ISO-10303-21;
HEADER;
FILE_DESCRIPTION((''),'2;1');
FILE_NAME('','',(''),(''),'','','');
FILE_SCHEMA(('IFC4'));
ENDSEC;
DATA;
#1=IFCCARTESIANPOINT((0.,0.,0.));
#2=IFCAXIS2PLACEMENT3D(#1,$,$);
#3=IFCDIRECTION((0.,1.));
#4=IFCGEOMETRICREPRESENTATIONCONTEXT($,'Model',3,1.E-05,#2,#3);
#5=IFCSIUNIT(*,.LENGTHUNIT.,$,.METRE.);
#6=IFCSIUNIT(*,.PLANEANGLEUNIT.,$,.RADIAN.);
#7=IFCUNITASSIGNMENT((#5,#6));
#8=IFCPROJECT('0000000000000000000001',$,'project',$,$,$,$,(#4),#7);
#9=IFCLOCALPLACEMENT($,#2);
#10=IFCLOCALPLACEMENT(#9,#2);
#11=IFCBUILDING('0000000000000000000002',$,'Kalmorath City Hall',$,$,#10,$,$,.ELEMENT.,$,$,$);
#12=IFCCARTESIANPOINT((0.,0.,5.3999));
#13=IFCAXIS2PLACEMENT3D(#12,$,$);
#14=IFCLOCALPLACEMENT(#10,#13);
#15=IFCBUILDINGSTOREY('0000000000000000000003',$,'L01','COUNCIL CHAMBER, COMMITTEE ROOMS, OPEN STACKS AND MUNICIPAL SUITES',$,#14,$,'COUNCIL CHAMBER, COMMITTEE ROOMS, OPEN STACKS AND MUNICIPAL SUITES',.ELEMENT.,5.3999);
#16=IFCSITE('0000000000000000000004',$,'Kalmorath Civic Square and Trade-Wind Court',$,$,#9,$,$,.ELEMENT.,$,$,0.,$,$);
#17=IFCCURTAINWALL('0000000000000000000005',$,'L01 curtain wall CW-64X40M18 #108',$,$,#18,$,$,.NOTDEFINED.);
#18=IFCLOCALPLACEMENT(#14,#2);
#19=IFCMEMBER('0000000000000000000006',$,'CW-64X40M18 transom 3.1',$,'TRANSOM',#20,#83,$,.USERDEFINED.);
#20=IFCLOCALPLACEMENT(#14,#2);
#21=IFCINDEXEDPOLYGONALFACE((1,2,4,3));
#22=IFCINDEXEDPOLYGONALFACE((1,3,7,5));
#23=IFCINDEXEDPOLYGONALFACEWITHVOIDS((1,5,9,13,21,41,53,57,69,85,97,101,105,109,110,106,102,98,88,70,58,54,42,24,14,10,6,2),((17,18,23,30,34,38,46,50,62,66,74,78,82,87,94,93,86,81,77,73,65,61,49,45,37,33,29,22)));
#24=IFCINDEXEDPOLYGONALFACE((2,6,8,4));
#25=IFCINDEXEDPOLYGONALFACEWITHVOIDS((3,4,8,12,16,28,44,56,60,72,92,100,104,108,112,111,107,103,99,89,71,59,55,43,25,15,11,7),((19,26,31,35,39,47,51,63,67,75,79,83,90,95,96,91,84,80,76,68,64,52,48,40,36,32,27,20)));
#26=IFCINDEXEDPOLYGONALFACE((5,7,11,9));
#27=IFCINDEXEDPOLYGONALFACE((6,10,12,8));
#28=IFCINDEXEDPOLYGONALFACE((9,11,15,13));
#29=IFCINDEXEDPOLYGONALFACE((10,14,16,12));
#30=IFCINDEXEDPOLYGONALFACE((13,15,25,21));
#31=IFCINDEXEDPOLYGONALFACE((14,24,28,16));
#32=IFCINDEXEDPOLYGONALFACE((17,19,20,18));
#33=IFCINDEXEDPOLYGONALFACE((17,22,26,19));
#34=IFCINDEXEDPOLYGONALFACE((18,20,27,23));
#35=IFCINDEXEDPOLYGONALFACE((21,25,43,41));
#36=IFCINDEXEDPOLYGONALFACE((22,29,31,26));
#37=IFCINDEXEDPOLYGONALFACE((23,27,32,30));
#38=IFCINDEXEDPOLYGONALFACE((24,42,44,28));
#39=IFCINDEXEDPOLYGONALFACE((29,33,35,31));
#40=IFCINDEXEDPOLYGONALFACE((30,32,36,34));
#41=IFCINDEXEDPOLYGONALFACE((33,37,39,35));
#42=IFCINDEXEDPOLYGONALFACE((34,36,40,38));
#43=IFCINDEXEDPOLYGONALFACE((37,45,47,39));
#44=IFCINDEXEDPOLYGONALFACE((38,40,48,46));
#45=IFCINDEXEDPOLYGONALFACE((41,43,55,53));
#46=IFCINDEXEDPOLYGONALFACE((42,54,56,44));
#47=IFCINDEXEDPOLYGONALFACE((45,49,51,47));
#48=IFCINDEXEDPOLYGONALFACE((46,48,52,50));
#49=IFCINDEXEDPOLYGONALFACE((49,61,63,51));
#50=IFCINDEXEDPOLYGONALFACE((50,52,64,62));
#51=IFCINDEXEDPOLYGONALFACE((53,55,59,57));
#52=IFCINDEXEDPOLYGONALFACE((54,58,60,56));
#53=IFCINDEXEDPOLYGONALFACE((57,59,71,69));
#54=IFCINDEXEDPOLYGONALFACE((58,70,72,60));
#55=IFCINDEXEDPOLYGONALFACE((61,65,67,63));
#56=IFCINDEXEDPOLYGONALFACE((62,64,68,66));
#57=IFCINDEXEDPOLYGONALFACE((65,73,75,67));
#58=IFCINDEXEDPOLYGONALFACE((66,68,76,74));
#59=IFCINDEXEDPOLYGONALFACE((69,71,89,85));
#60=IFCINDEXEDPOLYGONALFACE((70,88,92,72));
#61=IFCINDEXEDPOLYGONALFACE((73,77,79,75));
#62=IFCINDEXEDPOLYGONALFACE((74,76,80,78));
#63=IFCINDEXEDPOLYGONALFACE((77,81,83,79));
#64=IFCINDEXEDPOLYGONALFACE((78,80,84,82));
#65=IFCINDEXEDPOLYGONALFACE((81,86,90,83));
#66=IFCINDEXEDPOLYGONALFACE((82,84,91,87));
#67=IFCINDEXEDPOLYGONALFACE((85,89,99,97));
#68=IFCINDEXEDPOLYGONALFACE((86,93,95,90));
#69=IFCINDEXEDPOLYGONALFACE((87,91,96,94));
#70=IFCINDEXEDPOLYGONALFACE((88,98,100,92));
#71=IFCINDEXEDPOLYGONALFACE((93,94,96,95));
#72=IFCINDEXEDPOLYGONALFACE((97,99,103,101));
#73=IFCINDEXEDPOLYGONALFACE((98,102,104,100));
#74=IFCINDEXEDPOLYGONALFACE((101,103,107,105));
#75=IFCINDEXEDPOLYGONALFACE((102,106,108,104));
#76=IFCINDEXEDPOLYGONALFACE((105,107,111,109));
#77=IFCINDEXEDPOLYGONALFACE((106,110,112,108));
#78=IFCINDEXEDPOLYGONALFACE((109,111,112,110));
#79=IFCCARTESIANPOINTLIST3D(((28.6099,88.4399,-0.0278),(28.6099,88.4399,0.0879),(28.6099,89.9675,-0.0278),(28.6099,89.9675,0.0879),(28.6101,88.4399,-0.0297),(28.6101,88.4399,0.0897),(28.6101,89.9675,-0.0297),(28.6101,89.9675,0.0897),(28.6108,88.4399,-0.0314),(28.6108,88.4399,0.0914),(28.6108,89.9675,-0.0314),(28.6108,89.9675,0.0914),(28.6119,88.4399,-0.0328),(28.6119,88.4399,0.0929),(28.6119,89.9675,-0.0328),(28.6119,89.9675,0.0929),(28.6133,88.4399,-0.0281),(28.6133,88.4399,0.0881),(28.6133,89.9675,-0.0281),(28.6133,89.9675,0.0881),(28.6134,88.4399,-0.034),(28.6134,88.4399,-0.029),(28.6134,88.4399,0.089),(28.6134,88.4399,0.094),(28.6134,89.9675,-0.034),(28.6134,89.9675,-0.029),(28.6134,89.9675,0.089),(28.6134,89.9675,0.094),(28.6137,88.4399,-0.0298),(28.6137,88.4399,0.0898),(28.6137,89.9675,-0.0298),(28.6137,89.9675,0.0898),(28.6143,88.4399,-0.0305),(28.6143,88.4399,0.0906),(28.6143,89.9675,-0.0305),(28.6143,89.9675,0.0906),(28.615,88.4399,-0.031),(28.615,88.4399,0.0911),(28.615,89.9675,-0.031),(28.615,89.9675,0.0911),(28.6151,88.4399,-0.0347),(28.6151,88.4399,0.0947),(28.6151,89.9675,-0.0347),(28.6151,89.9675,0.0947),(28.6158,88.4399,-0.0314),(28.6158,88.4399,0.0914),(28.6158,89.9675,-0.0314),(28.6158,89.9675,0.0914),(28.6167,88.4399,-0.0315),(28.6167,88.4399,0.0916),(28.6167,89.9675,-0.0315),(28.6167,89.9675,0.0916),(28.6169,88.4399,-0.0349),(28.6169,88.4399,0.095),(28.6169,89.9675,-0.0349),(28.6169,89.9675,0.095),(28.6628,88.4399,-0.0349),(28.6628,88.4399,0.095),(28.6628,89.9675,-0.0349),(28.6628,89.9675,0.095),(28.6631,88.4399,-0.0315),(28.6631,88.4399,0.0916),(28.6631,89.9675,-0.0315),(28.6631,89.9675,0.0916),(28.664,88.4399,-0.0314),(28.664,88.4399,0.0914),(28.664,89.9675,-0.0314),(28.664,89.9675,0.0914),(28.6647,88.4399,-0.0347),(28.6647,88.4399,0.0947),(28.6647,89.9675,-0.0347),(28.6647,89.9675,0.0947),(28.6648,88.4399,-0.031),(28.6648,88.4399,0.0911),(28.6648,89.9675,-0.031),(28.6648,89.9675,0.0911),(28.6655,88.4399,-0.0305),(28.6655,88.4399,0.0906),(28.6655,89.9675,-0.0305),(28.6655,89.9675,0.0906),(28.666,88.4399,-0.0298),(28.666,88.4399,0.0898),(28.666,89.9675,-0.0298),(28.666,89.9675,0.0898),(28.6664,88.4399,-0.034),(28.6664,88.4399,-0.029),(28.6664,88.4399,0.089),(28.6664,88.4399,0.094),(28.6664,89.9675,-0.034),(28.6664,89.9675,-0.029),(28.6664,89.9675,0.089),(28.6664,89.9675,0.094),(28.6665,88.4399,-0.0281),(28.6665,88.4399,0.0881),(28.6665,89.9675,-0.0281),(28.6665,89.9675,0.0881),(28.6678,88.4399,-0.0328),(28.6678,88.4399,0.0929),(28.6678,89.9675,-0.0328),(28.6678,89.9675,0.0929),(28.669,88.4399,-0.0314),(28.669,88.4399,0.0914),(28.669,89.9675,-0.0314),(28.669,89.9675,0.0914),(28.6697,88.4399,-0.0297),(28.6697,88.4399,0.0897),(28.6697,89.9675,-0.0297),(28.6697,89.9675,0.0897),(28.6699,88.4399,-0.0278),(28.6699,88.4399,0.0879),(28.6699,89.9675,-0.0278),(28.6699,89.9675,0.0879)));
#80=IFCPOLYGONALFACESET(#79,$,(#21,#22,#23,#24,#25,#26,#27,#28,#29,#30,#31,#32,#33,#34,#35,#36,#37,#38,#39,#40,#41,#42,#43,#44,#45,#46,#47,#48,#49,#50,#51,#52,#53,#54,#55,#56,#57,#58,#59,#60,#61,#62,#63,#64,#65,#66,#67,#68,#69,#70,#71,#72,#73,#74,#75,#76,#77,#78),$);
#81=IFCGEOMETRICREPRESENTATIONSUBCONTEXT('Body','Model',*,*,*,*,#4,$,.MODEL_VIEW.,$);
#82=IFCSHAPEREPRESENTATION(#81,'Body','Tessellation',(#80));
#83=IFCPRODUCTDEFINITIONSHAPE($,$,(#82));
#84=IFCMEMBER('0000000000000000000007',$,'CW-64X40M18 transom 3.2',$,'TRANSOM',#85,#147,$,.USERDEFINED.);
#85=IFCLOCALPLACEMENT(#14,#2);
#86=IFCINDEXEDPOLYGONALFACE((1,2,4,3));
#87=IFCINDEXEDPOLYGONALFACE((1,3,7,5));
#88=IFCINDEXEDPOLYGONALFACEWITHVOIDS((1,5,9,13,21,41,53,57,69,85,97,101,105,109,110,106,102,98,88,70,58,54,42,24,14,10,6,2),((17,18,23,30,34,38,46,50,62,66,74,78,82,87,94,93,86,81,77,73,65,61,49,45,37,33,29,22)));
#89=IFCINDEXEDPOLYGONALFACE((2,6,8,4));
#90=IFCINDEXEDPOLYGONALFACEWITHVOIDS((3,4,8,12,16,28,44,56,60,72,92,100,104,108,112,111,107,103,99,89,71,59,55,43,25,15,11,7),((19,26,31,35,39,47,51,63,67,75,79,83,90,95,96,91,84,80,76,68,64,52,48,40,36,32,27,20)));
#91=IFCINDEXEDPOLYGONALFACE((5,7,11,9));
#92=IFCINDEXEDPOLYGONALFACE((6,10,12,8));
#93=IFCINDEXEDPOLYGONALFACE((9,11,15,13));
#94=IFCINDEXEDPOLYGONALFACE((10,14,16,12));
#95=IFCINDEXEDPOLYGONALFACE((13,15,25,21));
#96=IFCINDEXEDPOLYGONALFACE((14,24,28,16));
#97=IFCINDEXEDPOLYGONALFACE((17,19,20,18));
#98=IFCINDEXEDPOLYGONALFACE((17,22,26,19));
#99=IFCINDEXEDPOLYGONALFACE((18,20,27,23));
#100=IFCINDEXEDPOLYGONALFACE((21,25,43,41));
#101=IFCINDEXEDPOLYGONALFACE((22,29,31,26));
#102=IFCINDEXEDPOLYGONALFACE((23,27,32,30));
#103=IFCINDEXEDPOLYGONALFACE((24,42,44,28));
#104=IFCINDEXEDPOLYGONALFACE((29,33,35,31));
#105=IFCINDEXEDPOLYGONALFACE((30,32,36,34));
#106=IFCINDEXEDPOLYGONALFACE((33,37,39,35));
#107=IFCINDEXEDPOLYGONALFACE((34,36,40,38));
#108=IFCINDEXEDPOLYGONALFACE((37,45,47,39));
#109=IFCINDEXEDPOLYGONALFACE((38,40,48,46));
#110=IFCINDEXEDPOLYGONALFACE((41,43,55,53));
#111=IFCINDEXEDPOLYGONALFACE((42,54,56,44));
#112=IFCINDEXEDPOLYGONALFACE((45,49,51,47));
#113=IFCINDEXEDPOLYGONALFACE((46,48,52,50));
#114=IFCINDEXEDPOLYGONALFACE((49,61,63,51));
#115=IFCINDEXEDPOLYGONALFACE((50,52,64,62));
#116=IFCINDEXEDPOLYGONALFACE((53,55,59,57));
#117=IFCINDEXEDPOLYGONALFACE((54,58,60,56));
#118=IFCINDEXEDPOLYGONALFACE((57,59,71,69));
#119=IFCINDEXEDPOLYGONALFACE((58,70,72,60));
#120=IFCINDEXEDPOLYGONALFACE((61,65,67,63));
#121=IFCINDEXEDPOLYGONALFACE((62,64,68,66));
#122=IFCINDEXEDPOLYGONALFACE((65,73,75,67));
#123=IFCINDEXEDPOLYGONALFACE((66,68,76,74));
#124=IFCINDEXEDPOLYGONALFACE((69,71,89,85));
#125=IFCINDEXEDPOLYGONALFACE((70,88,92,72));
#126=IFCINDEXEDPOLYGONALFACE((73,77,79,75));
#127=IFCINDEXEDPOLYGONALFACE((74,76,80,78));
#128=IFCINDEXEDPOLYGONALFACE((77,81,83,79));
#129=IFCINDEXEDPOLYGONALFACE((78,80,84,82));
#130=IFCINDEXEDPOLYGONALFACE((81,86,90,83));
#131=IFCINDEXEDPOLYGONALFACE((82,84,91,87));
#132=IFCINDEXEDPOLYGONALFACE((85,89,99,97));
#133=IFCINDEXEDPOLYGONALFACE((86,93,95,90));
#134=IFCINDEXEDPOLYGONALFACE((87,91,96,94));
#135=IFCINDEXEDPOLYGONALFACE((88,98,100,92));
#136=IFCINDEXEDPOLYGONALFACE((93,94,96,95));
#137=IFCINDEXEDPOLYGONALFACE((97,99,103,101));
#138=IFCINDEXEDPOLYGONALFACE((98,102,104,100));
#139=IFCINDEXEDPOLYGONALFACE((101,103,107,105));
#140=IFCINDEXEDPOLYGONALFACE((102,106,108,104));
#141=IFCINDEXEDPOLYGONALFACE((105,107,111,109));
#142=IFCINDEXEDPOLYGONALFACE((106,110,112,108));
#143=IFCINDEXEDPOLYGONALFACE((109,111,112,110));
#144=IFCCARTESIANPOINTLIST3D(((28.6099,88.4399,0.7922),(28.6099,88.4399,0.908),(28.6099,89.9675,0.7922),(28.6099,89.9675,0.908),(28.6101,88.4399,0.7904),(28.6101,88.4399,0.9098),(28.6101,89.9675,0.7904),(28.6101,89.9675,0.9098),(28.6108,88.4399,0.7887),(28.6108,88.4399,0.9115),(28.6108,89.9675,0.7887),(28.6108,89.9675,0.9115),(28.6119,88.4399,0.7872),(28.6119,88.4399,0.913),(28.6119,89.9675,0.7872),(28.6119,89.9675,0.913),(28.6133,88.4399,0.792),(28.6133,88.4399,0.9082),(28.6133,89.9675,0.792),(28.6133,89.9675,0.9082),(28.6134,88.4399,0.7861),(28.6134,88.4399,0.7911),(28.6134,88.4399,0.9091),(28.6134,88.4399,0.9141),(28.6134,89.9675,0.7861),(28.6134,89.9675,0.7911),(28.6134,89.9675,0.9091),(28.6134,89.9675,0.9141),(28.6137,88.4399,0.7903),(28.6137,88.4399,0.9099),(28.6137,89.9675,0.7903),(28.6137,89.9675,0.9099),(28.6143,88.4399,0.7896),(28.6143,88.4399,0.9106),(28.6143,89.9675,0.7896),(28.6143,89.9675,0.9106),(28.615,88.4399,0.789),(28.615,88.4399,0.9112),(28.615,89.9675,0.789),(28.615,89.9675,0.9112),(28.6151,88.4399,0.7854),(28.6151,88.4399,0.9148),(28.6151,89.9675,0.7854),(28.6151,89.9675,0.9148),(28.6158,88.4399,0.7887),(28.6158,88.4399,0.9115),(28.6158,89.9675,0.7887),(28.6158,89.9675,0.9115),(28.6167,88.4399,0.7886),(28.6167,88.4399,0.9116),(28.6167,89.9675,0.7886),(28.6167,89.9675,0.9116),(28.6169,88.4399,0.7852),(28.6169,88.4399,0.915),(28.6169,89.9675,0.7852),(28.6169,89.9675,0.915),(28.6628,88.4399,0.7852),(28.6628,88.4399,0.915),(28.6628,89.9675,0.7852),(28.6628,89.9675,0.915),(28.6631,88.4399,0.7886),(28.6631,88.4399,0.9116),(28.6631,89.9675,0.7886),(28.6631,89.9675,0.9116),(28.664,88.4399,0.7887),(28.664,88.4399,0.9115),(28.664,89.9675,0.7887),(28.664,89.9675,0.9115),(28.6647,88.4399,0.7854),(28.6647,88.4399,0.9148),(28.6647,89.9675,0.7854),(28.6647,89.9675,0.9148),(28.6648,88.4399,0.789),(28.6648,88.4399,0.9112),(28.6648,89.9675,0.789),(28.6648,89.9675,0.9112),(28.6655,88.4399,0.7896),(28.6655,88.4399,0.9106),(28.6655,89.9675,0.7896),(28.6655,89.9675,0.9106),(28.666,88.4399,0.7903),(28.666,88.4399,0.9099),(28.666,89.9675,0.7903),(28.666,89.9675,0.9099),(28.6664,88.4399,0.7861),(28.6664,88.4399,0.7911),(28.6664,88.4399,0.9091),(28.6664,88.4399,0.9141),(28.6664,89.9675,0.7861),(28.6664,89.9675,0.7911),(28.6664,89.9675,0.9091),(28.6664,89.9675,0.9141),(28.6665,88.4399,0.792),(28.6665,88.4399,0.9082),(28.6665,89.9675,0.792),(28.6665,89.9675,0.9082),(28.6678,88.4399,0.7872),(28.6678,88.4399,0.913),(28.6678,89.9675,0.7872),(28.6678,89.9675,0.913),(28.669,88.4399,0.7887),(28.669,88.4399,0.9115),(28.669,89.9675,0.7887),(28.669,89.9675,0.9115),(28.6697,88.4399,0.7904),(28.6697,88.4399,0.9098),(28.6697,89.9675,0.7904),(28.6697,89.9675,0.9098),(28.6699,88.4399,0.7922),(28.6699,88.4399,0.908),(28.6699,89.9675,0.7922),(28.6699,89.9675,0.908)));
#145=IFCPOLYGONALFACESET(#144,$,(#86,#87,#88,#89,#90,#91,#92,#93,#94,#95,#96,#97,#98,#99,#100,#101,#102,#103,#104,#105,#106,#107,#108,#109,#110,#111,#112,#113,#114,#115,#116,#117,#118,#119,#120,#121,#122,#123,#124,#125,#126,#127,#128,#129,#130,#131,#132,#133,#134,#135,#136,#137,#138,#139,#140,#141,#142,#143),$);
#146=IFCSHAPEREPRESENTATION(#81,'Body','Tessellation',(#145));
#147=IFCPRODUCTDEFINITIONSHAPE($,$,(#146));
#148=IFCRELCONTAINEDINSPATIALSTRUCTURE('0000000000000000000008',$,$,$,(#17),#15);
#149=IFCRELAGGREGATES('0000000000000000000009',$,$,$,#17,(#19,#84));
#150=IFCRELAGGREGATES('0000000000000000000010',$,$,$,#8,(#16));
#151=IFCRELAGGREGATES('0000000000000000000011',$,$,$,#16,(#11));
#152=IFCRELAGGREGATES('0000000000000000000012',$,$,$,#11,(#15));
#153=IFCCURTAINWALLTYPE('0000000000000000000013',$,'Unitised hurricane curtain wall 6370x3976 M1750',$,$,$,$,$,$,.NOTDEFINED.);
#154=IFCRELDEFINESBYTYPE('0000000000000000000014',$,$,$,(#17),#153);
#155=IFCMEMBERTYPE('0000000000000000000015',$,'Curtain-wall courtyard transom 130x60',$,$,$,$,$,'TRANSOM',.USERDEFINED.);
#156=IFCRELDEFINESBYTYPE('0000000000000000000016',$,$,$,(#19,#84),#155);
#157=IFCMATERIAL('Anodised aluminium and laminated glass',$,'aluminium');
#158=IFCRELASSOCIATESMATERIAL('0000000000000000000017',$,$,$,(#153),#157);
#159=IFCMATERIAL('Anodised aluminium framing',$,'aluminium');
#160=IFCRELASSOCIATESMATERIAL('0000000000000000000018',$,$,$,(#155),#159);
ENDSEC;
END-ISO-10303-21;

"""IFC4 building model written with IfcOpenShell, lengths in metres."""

from ifc_helpers import new_model, si_unit, direction, frame, origin, origin_2d, place, context, subcontext, project, spatial, hollow_rectangle, extrude, material, material_profile, profile_set, type_object, element, aggregate, save


model = new_model("IFC4")

# Units and contexts
model_context = context("Model", 3, precision=1e-05, world=origin(), true_north=direction((0.0, 1.0)))
body_context = subcontext(model_context, "Body", "Model", "MODEL_VIEW")
ifc_project = project(units=[si_unit("LENGTHUNIT", "METRE"), si_unit("PLANEANGLEUNIT", "RADIAN")], contexts=[model_context])

# Site, building, storey
site_placement = place(None, origin())
site = spatial("IfcSite", under=ifc_project, at=site_placement, Name="Kalmorath Civic Square and Trade-Wind Court", CompositionType="ELEMENT", RefElevation=0.0)
building_placement = place(site_placement, origin())
building = spatial("IfcBuilding", under=site, at=building_placement, Name="Kalmorath City Hall", CompositionType="ELEMENT")
storey_placement = place(building_placement, frame((0.0, 0.0, 5.3999)))
storey = spatial("IfcBuildingStorey", under=building, at=storey_placement, Name="L01", Description="COUNCIL CHAMBER, COMMITTEE ROOMS, OPEN STACKS AND MUNICIPAL SUITES", LongName="COUNCIL CHAMBER, COMMITTEE ROOMS, OPEN STACKS AND MUNICIPAL SUITES", CompositionType="ELEMENT", Elevation=5.3999)

# Curtain wall, members
ifc_material_1 = material(Name="Anodised aluminium and laminated glass", Category="aluminium")
curtain_wall_type = type_object("IfcCurtainWallType", Name="Unitised hurricane curtain wall 6370x3976 M1750", PredefinedType="NOTDEFINED", material=ifc_material_1)
curtain_wall_placement = place(storey_placement, origin())
curtain_wall = element("IfcCurtainWall", 1, at=curtain_wall_placement, inside=storey, type_object=curtain_wall_type, Name="L01 curtain wall CW-64X40M18 #108", PredefinedType="NOTDEFINED")
ifc_material_2 = material(Name="Anodised aluminium framing", Category="aluminium")
ifc_material_profile_1 = material_profile(ifc_material_2, hollow_rectangle(XDim=0.0601, YDim=0.1299, WallThickness=0.0034, InnerFilletRadius=0.0034, OuterFilletRadius=0.0071, at=origin_2d()), Name="ALU-TRN-130X60X3.5")
ifc_profile_set_1 = profile_set([ifc_material_profile_1], Name="Anodised aluminium framing")
member_type_1 = type_object("IfcMemberType", Name="Curtain-wall courtyard transom 130x60", ElementType="TRANSOM", PredefinedType="USERDEFINED", material=ifc_profile_set_1)
member_1_placement = place(storey_placement, frame((28.6399, 89.9675, 0.03), z_axis=(0.0, -1.0, 0.0), x_axis=(1.0, 0.0, 0.0)))
member_1 = element("IfcMember", 2, at=member_1_placement, type_object=member_type_1, Name="CW-64X40M18 transom 3.1", ObjectType="TRANSOM", PredefinedType="USERDEFINED", context=body_context, shape_type="SweptSolid", body=[
    extrude(hollow_rectangle(XDim=0.0601, YDim=0.1299, WallThickness=0.0034, InnerFilletRadius=0.0034, OuterFilletRadius=0.0071, at=origin_2d()), origin(), (0.0, 0.0, 1.0), 1.5276),
])
member_2_placement = place(storey_placement, frame((28.6399, 89.9675, 0.8501), z_axis=(0.0, -1.0, 0.0), x_axis=(1.0, 0.0, 0.0)))
member_2 = element("IfcMember", 3, at=member_2_placement, type_object=member_type_1, Name="CW-64X40M18 transom 3.2", ObjectType="TRANSOM", PredefinedType="USERDEFINED", context=body_context, shape_type="SweptSolid", body=[
    extrude(hollow_rectangle(XDim=0.0601, YDim=0.1299, WallThickness=0.0034, InnerFilletRadius=0.0034, OuterFilletRadius=0.0071, at=origin_2d()), origin(), (0.0, 0.0, 1.0), 1.5276),
])
aggregate(curtain_wall, [member_1, member_2])

save(model, "model.ifc")
